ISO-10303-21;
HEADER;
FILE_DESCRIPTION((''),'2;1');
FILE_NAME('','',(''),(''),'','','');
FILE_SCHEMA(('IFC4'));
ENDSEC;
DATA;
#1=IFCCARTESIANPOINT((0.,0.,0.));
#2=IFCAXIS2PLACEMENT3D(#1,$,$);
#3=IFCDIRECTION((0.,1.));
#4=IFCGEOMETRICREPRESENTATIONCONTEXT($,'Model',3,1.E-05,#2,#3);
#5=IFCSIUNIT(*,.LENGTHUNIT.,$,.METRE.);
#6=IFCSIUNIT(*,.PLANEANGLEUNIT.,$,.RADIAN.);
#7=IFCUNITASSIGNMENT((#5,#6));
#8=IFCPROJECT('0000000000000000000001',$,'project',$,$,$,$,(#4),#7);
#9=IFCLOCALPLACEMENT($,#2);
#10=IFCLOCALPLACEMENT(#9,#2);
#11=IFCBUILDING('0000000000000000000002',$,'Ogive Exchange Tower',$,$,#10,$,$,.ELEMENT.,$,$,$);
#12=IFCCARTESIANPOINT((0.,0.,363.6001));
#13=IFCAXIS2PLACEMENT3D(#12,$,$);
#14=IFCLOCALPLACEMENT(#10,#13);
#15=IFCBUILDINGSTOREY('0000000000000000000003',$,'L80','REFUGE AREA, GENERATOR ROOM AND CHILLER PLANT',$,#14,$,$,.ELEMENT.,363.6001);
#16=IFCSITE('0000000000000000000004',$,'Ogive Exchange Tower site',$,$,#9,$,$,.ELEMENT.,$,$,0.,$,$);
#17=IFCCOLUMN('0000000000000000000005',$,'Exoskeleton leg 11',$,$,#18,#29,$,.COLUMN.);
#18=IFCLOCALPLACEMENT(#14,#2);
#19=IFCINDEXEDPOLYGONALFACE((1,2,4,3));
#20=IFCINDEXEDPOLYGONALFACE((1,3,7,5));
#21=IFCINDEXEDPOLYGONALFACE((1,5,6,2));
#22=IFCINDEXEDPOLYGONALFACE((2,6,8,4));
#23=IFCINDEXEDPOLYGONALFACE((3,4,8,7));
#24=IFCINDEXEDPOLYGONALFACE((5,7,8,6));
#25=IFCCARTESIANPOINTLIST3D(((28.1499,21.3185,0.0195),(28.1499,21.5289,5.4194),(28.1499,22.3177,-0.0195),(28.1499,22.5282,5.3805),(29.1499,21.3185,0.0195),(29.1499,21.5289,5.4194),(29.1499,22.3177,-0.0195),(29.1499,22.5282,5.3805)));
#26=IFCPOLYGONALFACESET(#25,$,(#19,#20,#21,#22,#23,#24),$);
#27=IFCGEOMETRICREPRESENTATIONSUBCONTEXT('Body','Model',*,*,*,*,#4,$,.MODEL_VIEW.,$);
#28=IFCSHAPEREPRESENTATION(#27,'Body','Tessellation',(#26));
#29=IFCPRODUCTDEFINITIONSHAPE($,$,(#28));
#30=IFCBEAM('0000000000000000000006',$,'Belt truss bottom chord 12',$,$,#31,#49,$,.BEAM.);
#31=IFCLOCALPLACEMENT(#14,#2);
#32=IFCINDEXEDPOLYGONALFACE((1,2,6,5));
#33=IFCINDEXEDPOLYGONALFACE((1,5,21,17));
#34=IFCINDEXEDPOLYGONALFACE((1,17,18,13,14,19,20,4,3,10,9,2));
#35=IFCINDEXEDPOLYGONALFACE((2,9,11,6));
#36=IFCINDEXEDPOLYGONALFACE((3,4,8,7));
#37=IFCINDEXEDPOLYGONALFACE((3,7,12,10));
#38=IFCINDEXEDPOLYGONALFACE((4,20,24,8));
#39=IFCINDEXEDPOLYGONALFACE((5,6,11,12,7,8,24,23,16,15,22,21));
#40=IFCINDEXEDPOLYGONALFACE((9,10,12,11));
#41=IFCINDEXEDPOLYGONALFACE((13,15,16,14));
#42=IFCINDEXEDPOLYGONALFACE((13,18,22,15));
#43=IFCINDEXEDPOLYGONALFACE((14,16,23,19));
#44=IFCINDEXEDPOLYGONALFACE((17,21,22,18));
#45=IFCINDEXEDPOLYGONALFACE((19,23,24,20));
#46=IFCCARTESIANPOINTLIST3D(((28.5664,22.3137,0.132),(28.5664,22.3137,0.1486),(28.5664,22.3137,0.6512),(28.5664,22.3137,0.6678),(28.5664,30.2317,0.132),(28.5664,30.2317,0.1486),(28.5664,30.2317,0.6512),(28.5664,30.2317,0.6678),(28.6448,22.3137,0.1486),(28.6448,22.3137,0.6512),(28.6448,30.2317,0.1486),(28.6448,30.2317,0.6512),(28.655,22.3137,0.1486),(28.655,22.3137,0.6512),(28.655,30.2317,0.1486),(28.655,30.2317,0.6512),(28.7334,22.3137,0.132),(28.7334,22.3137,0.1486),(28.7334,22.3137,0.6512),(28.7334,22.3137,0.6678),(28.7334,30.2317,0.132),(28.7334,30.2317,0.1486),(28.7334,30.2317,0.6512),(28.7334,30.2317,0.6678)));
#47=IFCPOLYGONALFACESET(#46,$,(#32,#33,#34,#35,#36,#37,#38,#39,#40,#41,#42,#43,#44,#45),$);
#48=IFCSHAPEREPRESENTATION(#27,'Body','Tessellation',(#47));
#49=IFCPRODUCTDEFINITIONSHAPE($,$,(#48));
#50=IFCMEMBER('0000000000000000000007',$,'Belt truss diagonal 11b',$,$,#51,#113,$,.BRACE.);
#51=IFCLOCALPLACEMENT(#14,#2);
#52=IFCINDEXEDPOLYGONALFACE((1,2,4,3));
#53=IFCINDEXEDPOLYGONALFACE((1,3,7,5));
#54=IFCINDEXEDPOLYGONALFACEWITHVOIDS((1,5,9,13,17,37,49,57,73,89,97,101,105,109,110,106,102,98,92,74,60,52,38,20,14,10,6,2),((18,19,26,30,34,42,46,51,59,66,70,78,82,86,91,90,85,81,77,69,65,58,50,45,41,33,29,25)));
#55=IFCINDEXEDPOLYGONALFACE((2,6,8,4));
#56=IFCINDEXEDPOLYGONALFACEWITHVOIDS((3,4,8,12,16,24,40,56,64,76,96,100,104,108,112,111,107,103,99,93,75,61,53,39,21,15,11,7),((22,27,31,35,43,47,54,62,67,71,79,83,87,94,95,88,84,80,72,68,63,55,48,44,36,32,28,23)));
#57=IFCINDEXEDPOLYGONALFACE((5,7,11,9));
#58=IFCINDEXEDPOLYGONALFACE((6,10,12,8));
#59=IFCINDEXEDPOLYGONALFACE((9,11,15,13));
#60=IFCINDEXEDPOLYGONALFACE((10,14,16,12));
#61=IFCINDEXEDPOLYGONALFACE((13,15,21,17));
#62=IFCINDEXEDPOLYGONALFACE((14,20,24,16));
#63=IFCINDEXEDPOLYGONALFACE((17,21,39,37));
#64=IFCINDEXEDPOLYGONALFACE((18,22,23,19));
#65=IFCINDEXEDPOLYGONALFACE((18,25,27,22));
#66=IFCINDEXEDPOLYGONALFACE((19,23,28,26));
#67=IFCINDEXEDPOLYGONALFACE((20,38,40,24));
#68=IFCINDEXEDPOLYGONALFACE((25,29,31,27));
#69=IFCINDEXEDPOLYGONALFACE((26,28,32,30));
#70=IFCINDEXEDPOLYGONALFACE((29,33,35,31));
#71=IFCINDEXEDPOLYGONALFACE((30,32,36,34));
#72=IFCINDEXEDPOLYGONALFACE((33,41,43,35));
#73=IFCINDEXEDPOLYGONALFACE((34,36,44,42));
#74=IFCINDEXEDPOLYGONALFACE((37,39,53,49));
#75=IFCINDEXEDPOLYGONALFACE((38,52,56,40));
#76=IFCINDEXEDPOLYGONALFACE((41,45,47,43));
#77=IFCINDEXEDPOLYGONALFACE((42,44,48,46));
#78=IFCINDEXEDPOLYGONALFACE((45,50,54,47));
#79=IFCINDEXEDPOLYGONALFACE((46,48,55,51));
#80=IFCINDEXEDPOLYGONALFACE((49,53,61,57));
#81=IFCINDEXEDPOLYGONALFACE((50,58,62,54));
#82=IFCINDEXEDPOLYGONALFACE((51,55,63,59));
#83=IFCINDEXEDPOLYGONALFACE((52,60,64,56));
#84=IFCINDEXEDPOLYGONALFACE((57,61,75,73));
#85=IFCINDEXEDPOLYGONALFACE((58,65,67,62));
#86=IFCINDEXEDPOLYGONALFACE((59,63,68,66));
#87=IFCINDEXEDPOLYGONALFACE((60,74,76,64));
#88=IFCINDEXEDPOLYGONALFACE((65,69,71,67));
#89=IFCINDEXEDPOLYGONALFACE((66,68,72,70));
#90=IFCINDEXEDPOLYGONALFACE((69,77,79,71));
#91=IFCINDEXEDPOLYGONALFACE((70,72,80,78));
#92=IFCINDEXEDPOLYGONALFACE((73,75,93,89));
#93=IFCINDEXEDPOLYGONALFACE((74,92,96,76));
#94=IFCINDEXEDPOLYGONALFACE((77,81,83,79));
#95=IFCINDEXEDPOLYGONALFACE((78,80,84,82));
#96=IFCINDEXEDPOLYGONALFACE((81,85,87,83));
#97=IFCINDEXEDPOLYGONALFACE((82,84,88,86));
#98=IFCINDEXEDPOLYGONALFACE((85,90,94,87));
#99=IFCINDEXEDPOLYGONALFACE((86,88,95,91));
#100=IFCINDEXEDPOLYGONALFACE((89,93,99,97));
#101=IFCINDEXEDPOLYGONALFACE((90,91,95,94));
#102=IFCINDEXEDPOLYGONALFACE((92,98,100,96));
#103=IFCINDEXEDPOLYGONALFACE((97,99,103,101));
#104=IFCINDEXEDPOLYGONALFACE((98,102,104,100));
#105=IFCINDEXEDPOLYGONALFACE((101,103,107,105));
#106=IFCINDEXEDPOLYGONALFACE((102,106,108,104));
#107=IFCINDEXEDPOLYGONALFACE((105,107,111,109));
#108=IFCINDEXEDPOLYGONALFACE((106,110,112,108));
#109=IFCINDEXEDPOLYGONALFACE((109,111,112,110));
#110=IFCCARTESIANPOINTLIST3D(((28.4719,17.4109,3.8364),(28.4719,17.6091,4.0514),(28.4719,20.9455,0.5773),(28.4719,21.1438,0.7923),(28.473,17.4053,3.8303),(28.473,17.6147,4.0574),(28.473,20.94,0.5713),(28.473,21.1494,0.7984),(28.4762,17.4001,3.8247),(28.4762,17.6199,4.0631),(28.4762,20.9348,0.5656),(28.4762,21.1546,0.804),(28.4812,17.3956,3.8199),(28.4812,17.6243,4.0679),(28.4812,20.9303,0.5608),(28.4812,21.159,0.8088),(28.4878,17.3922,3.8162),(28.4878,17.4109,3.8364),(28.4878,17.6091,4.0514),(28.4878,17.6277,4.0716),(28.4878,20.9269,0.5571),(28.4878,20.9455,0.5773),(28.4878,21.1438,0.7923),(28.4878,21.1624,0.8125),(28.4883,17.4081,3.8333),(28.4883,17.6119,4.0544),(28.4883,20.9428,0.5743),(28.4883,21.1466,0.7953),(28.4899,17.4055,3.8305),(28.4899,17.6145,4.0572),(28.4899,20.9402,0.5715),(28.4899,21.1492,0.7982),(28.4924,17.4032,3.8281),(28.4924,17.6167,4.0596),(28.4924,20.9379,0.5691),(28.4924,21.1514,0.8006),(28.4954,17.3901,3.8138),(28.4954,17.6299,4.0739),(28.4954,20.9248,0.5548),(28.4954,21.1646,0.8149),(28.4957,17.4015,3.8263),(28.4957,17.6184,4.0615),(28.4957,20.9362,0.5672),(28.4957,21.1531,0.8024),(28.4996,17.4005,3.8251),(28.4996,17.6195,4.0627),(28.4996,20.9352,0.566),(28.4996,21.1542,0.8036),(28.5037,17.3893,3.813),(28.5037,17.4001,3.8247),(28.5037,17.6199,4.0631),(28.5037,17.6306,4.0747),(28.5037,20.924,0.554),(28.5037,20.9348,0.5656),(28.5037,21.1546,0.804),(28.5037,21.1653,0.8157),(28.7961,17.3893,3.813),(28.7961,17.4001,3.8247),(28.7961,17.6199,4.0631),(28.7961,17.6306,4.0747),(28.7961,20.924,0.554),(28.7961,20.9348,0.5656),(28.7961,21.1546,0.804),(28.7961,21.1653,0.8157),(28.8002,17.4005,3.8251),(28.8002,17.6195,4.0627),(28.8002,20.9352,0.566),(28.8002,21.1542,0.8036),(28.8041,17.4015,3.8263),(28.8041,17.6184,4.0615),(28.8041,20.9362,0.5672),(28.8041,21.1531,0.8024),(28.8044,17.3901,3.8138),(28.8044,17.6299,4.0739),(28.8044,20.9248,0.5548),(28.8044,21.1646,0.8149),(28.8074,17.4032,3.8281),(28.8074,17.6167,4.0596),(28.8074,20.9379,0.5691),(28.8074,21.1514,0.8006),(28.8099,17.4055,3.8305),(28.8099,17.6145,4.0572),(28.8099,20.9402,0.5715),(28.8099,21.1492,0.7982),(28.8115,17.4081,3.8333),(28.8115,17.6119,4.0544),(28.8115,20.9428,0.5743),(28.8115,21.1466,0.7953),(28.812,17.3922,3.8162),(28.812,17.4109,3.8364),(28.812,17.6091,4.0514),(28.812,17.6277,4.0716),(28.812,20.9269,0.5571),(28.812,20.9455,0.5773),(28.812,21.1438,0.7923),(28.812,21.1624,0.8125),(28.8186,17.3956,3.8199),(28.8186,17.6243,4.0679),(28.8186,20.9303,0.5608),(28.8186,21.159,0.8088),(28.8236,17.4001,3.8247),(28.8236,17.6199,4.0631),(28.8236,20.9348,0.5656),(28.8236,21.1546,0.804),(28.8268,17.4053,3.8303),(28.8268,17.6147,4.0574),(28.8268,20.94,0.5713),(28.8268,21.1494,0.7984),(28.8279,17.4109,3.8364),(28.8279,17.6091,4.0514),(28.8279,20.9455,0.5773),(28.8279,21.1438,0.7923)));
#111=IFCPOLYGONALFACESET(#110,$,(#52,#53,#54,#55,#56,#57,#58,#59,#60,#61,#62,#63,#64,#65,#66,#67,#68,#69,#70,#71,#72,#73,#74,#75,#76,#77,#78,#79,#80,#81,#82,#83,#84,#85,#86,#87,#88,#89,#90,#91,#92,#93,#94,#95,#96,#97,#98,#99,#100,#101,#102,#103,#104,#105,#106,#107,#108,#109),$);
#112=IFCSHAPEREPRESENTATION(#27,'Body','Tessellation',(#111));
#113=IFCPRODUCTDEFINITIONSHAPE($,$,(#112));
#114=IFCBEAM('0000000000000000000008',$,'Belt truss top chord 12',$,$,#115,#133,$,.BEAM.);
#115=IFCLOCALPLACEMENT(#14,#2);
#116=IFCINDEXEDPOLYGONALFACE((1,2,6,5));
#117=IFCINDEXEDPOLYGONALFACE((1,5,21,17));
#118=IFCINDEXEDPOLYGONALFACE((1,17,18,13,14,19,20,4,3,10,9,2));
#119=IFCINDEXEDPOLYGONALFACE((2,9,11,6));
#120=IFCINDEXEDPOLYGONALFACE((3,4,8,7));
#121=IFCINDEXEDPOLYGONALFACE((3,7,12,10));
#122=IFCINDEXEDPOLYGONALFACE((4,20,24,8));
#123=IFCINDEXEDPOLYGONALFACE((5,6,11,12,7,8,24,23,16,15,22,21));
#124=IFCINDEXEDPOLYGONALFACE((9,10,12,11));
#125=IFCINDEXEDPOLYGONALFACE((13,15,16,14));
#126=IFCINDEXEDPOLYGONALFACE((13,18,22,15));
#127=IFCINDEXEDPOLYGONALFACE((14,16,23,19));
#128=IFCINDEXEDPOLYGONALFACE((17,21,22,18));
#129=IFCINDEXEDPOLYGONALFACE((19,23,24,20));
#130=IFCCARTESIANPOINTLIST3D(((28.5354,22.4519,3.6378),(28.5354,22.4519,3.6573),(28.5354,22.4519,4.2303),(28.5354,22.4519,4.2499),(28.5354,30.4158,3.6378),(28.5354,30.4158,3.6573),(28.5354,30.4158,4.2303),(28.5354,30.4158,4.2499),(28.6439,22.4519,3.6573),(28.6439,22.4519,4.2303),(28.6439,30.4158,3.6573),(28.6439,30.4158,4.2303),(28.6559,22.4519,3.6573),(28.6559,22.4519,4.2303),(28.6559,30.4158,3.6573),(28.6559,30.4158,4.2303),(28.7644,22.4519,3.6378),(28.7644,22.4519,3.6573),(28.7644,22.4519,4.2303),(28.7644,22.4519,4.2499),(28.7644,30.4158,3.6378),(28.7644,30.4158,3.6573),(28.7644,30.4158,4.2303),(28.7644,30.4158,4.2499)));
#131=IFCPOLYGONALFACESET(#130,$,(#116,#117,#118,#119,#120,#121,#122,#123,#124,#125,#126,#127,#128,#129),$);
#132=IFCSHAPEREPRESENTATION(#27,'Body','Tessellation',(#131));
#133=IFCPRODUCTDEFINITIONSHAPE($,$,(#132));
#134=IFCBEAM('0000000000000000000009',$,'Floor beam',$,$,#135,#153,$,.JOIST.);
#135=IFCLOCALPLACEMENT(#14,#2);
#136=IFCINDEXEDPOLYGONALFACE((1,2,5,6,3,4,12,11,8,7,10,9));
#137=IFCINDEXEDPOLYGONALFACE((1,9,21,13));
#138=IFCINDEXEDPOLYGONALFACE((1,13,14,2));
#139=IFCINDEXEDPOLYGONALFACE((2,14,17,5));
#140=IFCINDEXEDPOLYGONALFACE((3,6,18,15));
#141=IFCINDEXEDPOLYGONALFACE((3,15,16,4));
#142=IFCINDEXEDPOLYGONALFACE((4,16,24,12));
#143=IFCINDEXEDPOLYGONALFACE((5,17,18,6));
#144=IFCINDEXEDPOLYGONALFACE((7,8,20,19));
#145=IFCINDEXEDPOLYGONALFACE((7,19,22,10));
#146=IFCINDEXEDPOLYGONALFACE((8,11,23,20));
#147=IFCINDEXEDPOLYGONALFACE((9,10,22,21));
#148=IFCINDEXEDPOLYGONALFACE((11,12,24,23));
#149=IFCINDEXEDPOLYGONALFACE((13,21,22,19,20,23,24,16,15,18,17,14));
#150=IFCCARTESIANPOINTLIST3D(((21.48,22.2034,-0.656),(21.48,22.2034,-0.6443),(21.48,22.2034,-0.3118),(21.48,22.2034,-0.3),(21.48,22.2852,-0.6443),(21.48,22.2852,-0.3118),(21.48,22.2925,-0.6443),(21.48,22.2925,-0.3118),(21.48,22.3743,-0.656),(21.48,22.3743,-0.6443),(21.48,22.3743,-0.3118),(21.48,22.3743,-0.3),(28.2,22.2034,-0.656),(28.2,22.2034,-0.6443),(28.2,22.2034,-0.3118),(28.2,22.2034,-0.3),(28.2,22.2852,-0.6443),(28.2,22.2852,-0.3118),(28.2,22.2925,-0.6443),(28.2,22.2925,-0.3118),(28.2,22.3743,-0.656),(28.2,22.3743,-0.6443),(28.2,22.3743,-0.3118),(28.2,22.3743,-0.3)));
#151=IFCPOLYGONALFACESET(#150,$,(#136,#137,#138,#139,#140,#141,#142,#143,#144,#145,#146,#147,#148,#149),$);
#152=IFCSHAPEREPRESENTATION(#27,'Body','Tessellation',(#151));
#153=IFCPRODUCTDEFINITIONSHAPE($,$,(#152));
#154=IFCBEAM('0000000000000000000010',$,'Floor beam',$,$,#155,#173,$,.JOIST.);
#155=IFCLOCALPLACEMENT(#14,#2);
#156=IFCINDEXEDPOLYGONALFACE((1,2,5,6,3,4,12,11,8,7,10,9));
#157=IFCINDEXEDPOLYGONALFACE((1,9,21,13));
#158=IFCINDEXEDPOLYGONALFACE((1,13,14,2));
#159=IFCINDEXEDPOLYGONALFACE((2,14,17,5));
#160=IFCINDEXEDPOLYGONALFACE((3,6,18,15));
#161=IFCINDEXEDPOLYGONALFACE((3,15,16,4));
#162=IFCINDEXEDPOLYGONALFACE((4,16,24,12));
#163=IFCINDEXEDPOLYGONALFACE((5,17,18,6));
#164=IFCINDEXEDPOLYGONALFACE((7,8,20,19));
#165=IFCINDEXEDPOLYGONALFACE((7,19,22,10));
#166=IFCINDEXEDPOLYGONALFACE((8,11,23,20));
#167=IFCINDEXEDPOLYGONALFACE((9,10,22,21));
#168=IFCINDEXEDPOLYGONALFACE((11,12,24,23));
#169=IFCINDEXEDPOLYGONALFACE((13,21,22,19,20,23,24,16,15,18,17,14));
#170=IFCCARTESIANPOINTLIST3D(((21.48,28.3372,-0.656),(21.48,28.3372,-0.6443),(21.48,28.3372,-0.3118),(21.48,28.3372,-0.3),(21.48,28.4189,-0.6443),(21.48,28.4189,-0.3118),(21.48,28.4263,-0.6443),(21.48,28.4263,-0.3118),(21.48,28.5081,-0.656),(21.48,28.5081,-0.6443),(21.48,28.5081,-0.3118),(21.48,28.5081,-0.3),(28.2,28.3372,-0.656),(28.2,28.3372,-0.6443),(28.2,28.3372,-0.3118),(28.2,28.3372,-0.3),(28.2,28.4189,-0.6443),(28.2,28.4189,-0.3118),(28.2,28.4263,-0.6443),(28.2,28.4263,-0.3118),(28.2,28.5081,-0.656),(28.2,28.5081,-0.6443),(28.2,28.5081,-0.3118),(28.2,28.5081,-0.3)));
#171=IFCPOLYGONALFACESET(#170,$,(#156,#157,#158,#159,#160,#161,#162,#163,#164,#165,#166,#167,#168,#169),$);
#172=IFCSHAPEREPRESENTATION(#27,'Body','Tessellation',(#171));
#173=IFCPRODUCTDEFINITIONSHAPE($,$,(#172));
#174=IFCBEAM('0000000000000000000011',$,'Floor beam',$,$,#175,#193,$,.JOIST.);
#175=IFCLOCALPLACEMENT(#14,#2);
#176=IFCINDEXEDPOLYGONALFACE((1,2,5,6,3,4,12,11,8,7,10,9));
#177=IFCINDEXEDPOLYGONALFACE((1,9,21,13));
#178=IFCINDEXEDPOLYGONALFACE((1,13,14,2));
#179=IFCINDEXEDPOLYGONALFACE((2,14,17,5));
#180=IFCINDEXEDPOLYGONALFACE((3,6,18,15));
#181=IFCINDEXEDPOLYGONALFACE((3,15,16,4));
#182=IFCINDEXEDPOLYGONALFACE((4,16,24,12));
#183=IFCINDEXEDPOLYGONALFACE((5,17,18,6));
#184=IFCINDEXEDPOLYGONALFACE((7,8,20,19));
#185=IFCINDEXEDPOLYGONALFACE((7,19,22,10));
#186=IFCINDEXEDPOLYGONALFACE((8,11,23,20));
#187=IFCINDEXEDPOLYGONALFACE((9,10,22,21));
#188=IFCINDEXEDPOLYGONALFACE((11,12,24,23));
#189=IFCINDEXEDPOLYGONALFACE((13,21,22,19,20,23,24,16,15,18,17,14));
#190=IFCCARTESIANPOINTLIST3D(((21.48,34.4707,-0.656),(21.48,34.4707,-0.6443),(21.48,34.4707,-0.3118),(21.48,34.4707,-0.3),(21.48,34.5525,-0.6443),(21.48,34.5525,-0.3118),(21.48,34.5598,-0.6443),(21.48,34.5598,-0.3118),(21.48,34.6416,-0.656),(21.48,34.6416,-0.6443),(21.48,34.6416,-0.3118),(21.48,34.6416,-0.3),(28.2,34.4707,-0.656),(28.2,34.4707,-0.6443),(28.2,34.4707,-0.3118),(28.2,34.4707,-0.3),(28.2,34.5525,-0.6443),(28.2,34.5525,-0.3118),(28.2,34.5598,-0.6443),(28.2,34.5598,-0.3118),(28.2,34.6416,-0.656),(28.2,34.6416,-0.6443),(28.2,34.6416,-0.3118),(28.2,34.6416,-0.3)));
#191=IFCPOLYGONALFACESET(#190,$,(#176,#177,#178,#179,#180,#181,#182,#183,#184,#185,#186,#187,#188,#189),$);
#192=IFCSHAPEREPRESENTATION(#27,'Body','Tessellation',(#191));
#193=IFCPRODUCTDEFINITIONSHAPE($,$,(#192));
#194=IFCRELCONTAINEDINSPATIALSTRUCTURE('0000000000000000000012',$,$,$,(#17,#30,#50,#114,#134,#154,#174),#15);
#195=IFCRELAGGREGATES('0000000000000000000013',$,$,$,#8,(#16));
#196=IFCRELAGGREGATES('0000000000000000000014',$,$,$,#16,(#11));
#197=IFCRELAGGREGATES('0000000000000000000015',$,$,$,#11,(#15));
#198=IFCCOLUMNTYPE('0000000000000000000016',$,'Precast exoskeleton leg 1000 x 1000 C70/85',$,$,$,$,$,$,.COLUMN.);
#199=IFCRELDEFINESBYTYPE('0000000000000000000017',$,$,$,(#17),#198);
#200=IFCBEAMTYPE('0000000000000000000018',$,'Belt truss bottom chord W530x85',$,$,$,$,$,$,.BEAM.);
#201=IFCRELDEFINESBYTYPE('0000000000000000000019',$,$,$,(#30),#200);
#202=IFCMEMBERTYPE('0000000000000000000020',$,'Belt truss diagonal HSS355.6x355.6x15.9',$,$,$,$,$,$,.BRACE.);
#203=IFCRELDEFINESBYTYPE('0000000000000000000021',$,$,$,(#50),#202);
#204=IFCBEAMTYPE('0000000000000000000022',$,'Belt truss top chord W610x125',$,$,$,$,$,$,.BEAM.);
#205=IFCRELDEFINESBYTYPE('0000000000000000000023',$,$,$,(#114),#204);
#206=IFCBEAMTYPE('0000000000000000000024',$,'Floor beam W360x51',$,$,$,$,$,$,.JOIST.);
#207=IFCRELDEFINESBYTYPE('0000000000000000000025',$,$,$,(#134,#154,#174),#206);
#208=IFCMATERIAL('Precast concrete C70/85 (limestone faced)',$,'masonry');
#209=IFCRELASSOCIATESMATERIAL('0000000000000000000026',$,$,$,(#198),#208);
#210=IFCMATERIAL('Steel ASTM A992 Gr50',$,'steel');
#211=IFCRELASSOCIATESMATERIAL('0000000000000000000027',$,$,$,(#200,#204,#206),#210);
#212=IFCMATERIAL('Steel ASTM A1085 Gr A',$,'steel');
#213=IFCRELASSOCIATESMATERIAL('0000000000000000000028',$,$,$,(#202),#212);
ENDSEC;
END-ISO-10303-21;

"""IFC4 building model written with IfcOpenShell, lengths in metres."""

from ifc_helpers import new_model, si_unit, direction, frame, origin, origin_2d, place, context, subcontext, project, spatial, rectangle, hollow_rectangle, i_section, extrude, material, material_profile, profile_set, type_object, element, save


model = new_model("IFC4")

# Units and contexts
model_context = context("Model", 3, precision=1e-05, world=origin(), true_north=direction((0.0, 1.0)))
body_context = subcontext(model_context, "Body", "Model", "MODEL_VIEW")
ifc_project = project(units=[si_unit("LENGTHUNIT", "METRE"), si_unit("PLANEANGLEUNIT", "RADIAN")], contexts=[model_context])

# Site, building, storey
site_placement = place(None, origin())
site = spatial("IfcSite", under=ifc_project, at=site_placement, Name="Ogive Exchange Tower site", CompositionType="ELEMENT", RefElevation=0.0)
building_placement = place(site_placement, origin())
building = spatial("IfcBuilding", under=site, at=building_placement, Name="Ogive Exchange Tower", CompositionType="ELEMENT")
storey_placement = place(building_placement, frame((0.0, 0.0, 363.6001)))
storey = spatial("IfcBuildingStorey", under=building, at=storey_placement, Name="L80", Description="REFUGE AREA, GENERATOR ROOM AND CHILLER PLANT", CompositionType="ELEMENT", Elevation=363.6001)

# Column
ifc_material_1 = material(Name="Precast concrete C70/85 (limestone faced)", Category="masonry")
ifc_material_profile_1 = material_profile(ifc_material_1, rectangle(XDim=1.0, YDim=1.0, at=origin_2d()), Name="1000 x 1000")
ifc_profile_set_1 = profile_set([ifc_material_profile_1], Name="Precast concrete C70/85 (limestone faced)")
column_type = type_object("IfcColumnType", Name="Precast exoskeleton leg 1000 x 1000 C70/85", PredefinedType="COLUMN", material=ifc_profile_set_1)
column_placement = place(storey_placement, frame((28.6499, 21.8181, 0.0), z_axis=(0.0, 0.038943, 0.999241), x_axis=(-1.0, 0.0, 0.0)))
element("IfcColumn", 1, at=column_placement, inside=storey, type_object=column_type, Name="Exoskeleton leg 11", PredefinedType="COLUMN", context=body_context, shape_type="SweptSolid", body=[
    extrude(rectangle(XDim=1.0, YDim=1.0, at=origin_2d()), origin(), (0.0, 0.0, 1.0), 5.4041),
])

# Beam
ifc_material_2 = material(Name="Steel ASTM A992 Gr50", Category="steel")
ifc_material_profile_2 = material_profile(ifc_material_2, i_section(OverallWidth=0.167, OverallDepth=0.5359, WebThickness=0.0103, FlangeThickness=0.0166, at=origin_2d()), Name="W530x85")
ifc_profile_set_2 = profile_set([ifc_material_profile_2], Name="Steel ASTM A992 Gr50")
beam_type_1 = type_object("IfcBeamType", Name="Belt truss bottom chord W530x85", PredefinedType="BEAM", material=ifc_profile_set_2)
beam_1_placement = place(storey_placement, frame((28.6499, 22.3137, 0.3999), z_axis=(0.0, 1.0, 0.0), x_axis=(-1.0, 0.0, 0.0)))
element("IfcBeam", 2, at=beam_1_placement, inside=storey, type_object=beam_type_1, Name="Belt truss bottom chord 12", PredefinedType="BEAM", context=body_context, shape_type="SweptSolid", body=[
    extrude(i_section(OverallWidth=0.167, OverallDepth=0.5359, WebThickness=0.0103, FlangeThickness=0.0166, at=origin_2d()), origin(), (0.0, 0.0, 1.0), 7.918),
])

# Member
ifc_material_3 = material(Name="Steel ASTM A1085 Gr A", Category="steel")
ifc_material_profile_3 = material_profile(ifc_material_3, hollow_rectangle(XDim=0.356, YDim=0.356, WallThickness=0.0159, InnerFilletRadius=0.0159, OuterFilletRadius=0.0317, at=origin_2d()), Name="HSS355.6x355.6x15.9")
ifc_profile_set_3 = profile_set([ifc_material_profile_3], Name="Steel ASTM A1085 Gr A")
member_type = type_object("IfcMemberType", Name="Belt truss diagonal HSS355.6x355.6x15.9", PredefinedType="BRACE", material=ifc_profile_set_3)
member_placement = place(storey_placement, frame((28.6499, 21.0447, 0.6848), z_axis=(0.0, -0.735191, 0.67786), x_axis=(1.0, 0.0, 0.0)))
element("IfcMember", 3, at=member_placement, inside=storey, type_object=member_type, Name="Belt truss diagonal 11b", PredefinedType="BRACE", context=body_context, shape_type="SweptSolid", body=[
    extrude(hollow_rectangle(XDim=0.356, YDim=0.356, WallThickness=0.0159, InnerFilletRadius=0.0159, OuterFilletRadius=0.0317, at=origin_2d()), origin(), (0.0, 0.0, 1.0), 4.8079),
])

# Beams
ifc_material_profile_4 = material_profile(ifc_material_2, i_section(OverallWidth=0.229, OverallDepth=0.6121, WebThickness=0.012, FlangeThickness=0.0195, at=origin_2d()), Name="W610x125")
ifc_profile_set_4 = profile_set([ifc_material_profile_4], Name="Steel ASTM A992 Gr50")
beam_type_2 = type_object("IfcBeamType", Name="Belt truss top chord W610x125", PredefinedType="BEAM", material=ifc_profile_set_4)
beam_2_placement = place(storey_placement, frame((28.6499, 22.4519, 3.9438), z_axis=(0.0, 1.0, 0.0), x_axis=(-1.0, 0.0, 0.0)))
element("IfcBeam", 4, at=beam_2_placement, inside=storey, type_object=beam_type_2, Name="Belt truss top chord 12", PredefinedType="BEAM", context=body_context, shape_type="SweptSolid", body=[
    extrude(i_section(OverallWidth=0.229, OverallDepth=0.6121, WebThickness=0.012, FlangeThickness=0.0195, at=origin_2d()), origin(), (0.0, 0.0, 1.0), 7.9639),
])
ifc_material_profile_5 = material_profile(ifc_material_2, i_section(OverallWidth=0.1709, OverallDepth=0.356, WebThickness=0.0073, FlangeThickness=0.0117, at=origin_2d()), Name="W360x51")
ifc_profile_set_5 = profile_set([ifc_material_profile_5], Name="Steel ASTM A992 Gr50")
beam_type_3 = type_object("IfcBeamType", Name="Floor beam W360x51", PredefinedType="JOIST", material=ifc_profile_set_5)
for number, where, z_axis, x_axis, name in (
    (5, (21.48, 22.2888, -0.478), (1.0, 0.0, 0.0), (0.0, 1.0, 0.0), "Floor beam"),
    (6, (21.48, 28.4226, -0.478), (1.0, 0.0, 0.0), (0.0, 1.0, 0.0), "Floor beam"),
    (7, (21.48, 34.5562, -0.478), (1.0, 0.0, 0.0), (0.0, 1.0, 0.0), "Floor beam"),
):
    element("IfcBeam", number, at=place(storey_placement, frame(where, z_axis=z_axis, x_axis=x_axis)), inside=storey, type_object=beam_type_3, Name=name, PredefinedType="JOIST", context=body_context, shape_type="SweptSolid", body=[
        extrude(i_section(OverallWidth=0.1709, OverallDepth=0.356, WebThickness=0.0073, FlangeThickness=0.0117, at=origin_2d()), origin(), (0.0, 0.0, 1.0), 6.72),
    ])

save(model, "model.ifc")
